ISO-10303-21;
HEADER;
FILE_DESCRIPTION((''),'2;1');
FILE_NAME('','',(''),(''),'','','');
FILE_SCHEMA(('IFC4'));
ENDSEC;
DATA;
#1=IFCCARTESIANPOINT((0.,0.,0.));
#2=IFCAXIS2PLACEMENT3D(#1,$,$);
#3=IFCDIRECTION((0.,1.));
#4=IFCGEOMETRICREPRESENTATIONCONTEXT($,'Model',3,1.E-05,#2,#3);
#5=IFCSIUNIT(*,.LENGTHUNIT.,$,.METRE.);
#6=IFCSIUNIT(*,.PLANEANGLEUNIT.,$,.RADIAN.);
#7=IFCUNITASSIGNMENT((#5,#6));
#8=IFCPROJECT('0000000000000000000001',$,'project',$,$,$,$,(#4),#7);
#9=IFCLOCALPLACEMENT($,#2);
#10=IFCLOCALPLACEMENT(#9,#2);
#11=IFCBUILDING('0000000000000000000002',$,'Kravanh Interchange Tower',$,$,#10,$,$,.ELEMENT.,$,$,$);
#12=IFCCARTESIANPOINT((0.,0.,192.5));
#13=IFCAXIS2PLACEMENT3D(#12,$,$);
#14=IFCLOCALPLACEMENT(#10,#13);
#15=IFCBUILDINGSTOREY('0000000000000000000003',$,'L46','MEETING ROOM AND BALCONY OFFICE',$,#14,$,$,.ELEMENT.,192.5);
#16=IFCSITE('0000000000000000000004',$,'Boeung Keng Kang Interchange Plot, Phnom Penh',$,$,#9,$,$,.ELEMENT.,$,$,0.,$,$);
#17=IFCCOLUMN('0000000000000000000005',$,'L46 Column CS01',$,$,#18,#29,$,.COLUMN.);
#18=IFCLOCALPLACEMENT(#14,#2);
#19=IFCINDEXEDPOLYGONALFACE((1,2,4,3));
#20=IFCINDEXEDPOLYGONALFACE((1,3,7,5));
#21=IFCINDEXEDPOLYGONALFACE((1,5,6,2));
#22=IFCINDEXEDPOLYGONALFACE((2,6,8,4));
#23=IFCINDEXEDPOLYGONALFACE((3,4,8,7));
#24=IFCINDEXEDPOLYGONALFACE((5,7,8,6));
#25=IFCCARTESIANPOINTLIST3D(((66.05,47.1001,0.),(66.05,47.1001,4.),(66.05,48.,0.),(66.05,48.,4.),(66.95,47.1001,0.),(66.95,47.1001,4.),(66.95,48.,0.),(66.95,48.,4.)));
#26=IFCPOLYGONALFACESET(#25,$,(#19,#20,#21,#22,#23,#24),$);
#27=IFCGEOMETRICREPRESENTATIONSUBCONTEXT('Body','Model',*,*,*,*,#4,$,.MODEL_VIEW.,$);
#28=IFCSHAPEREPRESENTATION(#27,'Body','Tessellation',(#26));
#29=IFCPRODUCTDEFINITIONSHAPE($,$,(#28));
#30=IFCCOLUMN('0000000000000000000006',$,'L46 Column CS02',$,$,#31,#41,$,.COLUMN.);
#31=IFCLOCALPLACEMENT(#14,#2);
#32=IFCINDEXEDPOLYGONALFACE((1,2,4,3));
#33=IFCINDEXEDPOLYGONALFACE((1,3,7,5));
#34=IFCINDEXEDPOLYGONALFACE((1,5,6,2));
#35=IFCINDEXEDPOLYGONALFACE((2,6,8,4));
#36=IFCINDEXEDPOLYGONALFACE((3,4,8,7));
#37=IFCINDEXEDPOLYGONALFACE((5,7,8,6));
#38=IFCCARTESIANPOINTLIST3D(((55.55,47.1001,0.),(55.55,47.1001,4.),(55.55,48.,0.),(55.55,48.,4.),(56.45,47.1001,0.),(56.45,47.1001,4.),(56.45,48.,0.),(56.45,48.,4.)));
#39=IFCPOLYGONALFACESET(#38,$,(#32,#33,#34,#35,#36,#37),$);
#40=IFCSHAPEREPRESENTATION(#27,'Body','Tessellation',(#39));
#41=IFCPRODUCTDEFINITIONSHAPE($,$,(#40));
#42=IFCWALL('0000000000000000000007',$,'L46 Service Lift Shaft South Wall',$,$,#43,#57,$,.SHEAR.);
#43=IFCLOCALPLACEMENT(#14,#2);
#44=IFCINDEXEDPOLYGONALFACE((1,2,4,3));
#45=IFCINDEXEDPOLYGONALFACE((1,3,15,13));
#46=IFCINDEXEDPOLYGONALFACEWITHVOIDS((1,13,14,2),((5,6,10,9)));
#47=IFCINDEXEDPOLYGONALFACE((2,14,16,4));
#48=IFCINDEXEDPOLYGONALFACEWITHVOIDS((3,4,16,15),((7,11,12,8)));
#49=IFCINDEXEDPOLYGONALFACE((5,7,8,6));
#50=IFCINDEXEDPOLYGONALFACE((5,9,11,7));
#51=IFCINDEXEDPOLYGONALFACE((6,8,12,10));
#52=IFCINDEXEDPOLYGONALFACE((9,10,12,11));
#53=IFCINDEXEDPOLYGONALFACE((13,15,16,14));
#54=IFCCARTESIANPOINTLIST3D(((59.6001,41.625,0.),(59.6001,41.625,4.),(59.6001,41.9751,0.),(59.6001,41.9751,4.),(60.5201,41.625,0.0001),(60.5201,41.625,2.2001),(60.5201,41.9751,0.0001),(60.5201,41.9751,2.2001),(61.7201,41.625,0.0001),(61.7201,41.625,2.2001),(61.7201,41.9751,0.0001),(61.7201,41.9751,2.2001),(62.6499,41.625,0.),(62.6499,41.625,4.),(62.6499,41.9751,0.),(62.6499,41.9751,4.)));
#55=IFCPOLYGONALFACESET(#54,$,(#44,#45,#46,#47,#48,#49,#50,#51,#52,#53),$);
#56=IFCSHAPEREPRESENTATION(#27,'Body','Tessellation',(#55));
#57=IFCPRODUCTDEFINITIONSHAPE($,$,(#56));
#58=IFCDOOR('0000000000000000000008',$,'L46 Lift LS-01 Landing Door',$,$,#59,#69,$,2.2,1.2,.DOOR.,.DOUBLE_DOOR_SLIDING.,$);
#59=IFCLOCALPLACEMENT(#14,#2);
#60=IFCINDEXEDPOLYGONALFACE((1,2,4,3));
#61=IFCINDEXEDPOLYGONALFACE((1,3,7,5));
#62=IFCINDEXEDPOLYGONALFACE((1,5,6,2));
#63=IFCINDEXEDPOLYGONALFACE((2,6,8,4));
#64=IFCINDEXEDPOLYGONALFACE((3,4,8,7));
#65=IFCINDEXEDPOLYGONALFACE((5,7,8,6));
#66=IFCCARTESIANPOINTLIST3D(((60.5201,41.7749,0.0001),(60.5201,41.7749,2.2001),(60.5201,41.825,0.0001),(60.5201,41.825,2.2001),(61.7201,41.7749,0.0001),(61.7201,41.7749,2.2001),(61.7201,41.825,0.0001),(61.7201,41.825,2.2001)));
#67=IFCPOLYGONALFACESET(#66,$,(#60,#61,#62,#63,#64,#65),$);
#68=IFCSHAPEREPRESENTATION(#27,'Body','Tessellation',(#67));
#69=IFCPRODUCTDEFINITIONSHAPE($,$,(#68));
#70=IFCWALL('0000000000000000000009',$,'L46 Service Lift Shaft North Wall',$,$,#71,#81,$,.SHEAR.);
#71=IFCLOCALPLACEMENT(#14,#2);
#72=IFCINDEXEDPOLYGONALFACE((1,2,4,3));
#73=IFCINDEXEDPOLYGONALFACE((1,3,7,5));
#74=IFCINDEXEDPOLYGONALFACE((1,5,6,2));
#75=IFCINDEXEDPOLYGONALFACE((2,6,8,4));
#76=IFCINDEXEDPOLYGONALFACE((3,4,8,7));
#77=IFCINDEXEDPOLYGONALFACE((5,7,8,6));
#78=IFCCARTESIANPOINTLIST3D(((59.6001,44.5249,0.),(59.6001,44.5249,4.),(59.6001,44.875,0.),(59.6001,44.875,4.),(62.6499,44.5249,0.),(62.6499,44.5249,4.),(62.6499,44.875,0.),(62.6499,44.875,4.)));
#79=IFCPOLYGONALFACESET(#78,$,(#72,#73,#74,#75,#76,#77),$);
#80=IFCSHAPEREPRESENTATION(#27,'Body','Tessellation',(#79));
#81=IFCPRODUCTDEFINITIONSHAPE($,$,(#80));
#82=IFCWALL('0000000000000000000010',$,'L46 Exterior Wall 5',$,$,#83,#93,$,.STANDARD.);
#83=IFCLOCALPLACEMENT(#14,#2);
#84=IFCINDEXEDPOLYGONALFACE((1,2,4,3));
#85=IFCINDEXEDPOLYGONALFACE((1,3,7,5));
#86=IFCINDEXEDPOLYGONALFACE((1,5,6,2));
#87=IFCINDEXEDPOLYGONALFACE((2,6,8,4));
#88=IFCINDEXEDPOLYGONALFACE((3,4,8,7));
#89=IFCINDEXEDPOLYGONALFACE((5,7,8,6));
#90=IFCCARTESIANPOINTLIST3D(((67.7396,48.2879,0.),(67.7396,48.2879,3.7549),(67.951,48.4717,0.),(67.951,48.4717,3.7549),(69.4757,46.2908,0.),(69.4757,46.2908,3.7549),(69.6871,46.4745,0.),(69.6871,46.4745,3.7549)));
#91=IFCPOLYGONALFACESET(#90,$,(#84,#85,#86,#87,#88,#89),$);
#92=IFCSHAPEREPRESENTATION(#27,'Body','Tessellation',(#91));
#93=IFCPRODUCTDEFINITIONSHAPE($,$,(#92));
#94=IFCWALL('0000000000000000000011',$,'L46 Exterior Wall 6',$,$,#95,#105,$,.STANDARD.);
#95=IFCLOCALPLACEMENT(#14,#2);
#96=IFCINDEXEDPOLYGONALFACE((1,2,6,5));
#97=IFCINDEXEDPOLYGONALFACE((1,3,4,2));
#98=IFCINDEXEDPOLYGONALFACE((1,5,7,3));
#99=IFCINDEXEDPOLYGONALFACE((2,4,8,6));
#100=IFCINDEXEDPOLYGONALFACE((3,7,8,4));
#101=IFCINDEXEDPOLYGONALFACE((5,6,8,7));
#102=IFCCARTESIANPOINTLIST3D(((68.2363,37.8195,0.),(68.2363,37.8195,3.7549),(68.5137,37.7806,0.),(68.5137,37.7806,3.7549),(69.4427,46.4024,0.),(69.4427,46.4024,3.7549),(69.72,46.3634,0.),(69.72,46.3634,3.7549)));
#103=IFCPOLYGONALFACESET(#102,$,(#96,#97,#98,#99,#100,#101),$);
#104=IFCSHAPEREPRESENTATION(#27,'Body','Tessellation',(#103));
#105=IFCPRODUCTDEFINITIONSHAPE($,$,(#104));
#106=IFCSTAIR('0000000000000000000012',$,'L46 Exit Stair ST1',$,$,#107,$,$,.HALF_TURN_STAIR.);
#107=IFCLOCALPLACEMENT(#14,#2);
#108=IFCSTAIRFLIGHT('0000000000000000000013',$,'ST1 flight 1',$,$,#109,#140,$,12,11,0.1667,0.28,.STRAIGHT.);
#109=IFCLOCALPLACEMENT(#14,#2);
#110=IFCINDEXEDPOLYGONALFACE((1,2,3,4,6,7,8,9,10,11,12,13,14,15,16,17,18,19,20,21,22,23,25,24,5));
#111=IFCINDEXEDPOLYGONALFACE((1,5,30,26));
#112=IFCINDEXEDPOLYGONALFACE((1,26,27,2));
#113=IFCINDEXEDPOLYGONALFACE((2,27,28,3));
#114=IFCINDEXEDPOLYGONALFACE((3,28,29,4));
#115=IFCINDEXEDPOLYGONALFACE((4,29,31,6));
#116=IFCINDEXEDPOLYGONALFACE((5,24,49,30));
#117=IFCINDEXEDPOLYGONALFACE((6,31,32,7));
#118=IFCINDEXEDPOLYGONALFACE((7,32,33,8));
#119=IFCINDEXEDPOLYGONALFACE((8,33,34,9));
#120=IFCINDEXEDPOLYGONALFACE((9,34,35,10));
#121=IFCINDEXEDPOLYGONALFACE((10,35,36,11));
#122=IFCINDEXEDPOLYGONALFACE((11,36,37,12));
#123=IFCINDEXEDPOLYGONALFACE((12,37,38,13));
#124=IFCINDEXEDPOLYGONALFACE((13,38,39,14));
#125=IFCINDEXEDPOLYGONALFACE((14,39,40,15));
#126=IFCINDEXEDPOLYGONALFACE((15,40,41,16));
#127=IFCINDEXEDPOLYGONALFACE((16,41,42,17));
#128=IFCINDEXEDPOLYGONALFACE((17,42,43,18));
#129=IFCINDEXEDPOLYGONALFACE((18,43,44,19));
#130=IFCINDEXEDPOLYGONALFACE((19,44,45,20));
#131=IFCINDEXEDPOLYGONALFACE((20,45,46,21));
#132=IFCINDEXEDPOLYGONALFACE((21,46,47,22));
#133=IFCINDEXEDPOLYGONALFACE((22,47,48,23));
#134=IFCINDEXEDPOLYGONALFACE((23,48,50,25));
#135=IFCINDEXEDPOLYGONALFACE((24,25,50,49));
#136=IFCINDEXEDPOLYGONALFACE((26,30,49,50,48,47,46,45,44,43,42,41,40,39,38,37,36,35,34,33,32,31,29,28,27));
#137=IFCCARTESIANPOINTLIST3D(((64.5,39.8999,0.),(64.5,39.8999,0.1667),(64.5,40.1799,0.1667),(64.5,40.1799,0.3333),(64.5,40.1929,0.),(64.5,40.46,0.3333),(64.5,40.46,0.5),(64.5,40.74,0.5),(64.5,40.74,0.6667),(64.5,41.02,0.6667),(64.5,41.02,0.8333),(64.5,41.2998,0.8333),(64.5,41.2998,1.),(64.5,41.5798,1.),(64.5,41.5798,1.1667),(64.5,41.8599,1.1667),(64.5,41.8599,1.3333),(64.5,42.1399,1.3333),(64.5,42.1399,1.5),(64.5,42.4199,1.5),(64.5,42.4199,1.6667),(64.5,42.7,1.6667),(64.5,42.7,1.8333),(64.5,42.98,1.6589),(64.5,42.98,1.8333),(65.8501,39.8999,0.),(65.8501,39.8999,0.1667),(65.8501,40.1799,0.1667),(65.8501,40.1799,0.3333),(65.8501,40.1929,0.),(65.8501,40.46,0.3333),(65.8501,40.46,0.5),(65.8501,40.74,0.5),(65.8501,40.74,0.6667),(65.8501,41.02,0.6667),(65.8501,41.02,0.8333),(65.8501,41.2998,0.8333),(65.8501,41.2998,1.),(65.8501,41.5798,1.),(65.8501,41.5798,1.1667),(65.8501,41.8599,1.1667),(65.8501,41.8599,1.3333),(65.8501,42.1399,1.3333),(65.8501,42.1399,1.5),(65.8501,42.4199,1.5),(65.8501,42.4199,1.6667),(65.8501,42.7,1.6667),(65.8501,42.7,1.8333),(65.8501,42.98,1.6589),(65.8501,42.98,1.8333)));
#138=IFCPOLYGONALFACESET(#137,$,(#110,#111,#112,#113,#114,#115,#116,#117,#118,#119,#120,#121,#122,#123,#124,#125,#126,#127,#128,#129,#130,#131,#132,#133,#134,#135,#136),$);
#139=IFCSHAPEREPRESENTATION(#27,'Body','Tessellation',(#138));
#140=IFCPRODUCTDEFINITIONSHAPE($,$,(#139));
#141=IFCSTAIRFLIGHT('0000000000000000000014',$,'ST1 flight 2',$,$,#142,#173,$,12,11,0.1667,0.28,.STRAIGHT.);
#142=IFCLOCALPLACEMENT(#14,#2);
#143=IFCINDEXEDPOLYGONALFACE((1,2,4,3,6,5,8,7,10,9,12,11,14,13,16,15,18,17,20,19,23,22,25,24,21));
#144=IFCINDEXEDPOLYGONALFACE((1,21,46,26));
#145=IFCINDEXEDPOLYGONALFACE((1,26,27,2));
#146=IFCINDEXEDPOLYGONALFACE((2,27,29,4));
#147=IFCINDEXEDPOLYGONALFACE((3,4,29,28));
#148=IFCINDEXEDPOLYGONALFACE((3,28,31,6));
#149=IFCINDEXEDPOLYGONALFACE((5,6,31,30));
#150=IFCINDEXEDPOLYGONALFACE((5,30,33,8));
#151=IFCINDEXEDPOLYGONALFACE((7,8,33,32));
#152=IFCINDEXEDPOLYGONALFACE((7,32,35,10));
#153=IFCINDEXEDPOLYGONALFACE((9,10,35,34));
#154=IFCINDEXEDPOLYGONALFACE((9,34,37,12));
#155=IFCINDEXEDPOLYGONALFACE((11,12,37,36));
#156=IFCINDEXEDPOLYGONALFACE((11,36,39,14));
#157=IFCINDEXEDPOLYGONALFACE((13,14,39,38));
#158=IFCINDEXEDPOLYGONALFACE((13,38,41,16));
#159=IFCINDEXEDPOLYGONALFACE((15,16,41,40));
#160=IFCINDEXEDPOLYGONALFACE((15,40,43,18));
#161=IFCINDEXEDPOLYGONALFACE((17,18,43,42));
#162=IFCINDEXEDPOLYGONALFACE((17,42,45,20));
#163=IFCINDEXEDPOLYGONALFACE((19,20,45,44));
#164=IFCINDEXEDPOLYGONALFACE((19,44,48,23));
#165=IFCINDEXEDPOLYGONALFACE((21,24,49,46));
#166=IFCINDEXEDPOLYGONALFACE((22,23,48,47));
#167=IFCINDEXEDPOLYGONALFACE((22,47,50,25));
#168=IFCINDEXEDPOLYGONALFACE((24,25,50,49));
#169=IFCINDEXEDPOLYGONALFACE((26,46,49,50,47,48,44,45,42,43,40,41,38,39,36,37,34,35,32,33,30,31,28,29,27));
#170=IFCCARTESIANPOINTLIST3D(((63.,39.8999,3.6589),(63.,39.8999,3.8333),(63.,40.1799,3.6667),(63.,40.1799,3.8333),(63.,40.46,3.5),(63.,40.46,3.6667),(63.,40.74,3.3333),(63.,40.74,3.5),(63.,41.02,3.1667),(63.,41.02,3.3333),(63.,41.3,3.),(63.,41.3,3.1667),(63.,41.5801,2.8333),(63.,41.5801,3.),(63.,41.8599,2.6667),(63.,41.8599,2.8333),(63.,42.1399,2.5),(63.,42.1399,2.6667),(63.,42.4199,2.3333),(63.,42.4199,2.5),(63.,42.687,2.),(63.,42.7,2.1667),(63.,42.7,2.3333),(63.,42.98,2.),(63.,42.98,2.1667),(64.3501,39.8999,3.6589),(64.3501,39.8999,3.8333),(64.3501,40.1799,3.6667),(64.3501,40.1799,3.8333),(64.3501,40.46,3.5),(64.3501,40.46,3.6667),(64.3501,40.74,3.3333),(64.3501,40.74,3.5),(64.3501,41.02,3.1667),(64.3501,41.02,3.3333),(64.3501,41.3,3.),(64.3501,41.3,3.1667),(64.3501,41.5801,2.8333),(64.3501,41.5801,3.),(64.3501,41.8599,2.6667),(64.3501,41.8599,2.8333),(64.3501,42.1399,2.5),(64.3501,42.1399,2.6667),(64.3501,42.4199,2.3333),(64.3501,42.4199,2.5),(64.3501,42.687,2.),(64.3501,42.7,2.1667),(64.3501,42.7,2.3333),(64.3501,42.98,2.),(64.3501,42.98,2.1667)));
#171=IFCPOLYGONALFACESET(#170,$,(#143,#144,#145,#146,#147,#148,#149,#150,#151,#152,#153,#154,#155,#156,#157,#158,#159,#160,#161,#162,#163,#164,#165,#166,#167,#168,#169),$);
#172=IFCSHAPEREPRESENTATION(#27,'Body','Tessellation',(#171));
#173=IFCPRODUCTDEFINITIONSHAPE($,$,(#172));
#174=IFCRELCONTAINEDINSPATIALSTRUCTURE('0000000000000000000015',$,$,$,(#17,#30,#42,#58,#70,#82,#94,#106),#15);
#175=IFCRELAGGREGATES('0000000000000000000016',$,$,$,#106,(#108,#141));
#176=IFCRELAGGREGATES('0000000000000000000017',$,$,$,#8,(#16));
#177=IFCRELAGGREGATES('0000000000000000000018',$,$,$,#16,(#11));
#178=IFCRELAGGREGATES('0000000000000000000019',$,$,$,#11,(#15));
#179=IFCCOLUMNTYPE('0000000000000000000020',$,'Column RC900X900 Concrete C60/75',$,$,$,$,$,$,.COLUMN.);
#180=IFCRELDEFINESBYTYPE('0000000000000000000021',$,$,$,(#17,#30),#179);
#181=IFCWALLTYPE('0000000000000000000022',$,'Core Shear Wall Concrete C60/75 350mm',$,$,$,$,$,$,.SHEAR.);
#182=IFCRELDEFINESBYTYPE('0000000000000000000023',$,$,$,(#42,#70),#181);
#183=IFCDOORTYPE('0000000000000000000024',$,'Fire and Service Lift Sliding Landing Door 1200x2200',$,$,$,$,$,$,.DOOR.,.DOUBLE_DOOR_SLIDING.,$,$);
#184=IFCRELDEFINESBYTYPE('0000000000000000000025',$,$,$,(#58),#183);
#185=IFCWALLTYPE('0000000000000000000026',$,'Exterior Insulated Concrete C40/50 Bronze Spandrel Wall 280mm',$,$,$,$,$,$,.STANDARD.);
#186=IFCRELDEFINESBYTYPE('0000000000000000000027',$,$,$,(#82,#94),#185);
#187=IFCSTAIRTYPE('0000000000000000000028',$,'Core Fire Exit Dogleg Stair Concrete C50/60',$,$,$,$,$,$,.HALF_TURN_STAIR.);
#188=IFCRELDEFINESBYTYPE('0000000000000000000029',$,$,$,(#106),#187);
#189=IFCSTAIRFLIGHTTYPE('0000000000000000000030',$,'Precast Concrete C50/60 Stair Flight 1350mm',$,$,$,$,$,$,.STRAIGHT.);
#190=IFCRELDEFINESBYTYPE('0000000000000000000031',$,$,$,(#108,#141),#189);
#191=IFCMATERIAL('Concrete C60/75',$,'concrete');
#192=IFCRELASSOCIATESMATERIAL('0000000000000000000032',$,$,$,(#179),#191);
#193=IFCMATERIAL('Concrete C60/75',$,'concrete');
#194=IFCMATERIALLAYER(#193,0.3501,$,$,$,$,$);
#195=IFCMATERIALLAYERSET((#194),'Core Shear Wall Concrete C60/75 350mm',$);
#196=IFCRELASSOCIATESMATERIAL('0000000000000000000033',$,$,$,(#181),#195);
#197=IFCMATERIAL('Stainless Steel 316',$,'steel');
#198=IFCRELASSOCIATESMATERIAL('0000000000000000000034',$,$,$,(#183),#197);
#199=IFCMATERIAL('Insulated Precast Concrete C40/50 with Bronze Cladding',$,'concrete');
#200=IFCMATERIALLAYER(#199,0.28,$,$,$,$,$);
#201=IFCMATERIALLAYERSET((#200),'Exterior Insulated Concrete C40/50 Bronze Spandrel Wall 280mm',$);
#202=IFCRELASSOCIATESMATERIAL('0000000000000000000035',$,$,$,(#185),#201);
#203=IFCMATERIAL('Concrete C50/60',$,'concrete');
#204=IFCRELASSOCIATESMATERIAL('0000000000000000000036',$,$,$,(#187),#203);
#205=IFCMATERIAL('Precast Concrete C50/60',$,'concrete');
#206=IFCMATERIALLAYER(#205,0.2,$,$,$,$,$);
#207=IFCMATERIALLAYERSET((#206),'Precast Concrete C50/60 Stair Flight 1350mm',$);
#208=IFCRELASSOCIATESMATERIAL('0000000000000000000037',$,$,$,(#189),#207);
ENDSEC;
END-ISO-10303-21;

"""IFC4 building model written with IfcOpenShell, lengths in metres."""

from ifc_helpers import new_model, si_unit, direction, frame, frame_2d, origin, origin_2d, place, context, subcontext, project, spatial, polyline, rectangle, outline, extrude, material, layer, layer_set, material_profile, profile_set, type_object, element, fill, aggregate, save


model = new_model("IFC4")

# Units and contexts
model_context = context("Model", 3, precision=1e-05, world=origin(), true_north=direction((0.0, 1.0)))
body_context = subcontext(model_context, "Body", "Model", "MODEL_VIEW")
ifc_project = project(units=[si_unit("LENGTHUNIT", "METRE"), si_unit("PLANEANGLEUNIT", "RADIAN")], contexts=[model_context])

# Site, building, storey
site_placement = place(None, origin())
site = spatial("IfcSite", under=ifc_project, at=site_placement, Name="Boeung Keng Kang Interchange Plot, Phnom Penh", CompositionType="ELEMENT", RefElevation=0.0)
building_placement = place(site_placement, origin())
building = spatial("IfcBuilding", under=site, at=building_placement, Name="Kravanh Interchange Tower", CompositionType="ELEMENT")
storey_placement = place(building_placement, frame((0.0, 0.0, 192.5)))
storey = spatial("IfcBuildingStorey", under=building, at=storey_placement, Name="L46", Description="MEETING ROOM AND BALCONY OFFICE", CompositionType="ELEMENT", Elevation=192.5)

# Columns
ifc_material_1 = material(Name="Concrete C60/75", Category="concrete")
ifc_material_profile = material_profile(ifc_material_1, rectangle(XDim=0.8999, YDim=0.8999, at=origin_2d()), Name="RC900X900")
ifc_profile_set = profile_set([ifc_material_profile], Name="Concrete C60/75")
column_type = type_object("IfcColumnType", Name="Column RC900X900 Concrete C60/75", PredefinedType="COLUMN", material=ifc_profile_set)
for number, where, z_axis, x_axis, name in (
    (1, (66.5, 47.55, 0.0), (0.0, 0.0, 1.0), (1.0, 0.0, 0.0), "L46 Column CS01"),
    (2, (56.0, 47.55, 0.0), (0.0, 0.0, 1.0), (1.0, 0.0, 0.0), "L46 Column CS02"),
):
    element("IfcColumn", number, at=place(storey_placement, frame(where, z_axis=z_axis, x_axis=x_axis)), inside=storey, type_object=column_type, Name=name, PredefinedType="COLUMN", context=body_context, shape_type="SweptSolid", body=[
        extrude(rectangle(XDim=0.8999, YDim=0.8999, at=origin_2d()), origin(), (0.0, 0.0, 1.0), 4.0),
    ])

# Wall, opening, door
ifc_material_2 = material(Name="Concrete C60/75", Category="concrete")
ifc_layer_1 = layer(ifc_material_2, 0.3501)
ifc_layer_set_1 = layer_set([ifc_layer_1], Name="Core Shear Wall Concrete C60/75 350mm")
wall_type_1 = type_object("IfcWallType", Name="Core Shear Wall Concrete C60/75 350mm", PredefinedType="SHEAR", material=ifc_layer_set_1)
wall_1_placement = place(storey_placement, frame((59.6001, 41.8, 0.0), z_axis=(0.0, 0.0, 1.0), x_axis=(1.0, 0.0, 0.0)))
wall_1 = element("IfcWall", 3, at=wall_1_placement, inside=storey, type_object=wall_type_1, Name="L46 Service Lift Shaft South Wall", PredefinedType="SHEAR", context=body_context, shape_type="SweptSolid", body=[
    extrude(rectangle(XDim=3.0498, YDim=0.3501, at=frame_2d((1.5249, 0.0))), origin(), (0.0, 0.0, 1.0), 4.0),
])
opening_placement = place(wall_1_placement, frame((0.9199, 0.0, 0.0)))
opening = element("IfcOpeningElement", 4, at=opening_placement, cuts=wall_1, PredefinedType="OPENING", context=body_context, shape_type="SweptSolid", body=[
    extrude(rectangle(XDim=1.2, YDim=2.2, at=frame_2d((0.6001, 1.1001))), frame((0.0, 0.1851, 0.0), z_axis=(0.0, -1.0, 0.0), x_axis=(1.0, 0.0, 0.0)), (0.0, 0.0, 1.0), 0.3701),
])
ifc_material_3 = material(Name="Stainless Steel 316", Category="steel")
door_type = type_object("IfcDoorType", Name="Fire and Service Lift Sliding Landing Door 1200x2200", OperationType="DOUBLE_DOOR_SLIDING", PredefinedType="DOOR", material=ifc_material_3)
door_placement = place(opening_placement, origin())
door = element("IfcDoor", 5, at=door_placement, inside=storey, type_object=door_type, Name="L46 Lift LS-01 Landing Door", OperationType="DOUBLE_DOOR_SLIDING", OverallHeight=2.2, OverallWidth=1.2, PredefinedType="DOOR", context=body_context, shape_type="SweptSolid", body=[
    extrude(rectangle(XDim=1.2, YDim=2.2, at=frame_2d((0.6001, 1.1001))), frame((0.0, 0.0249, 0.0), z_axis=(0.0, -1.0, 0.0), x_axis=(1.0, 0.0, 0.0)), (0.0, 0.0, 1.0), 0.05),
])
fill(opening, door)

# Walls
wall_2_placement = place(storey_placement, frame((59.6001, 44.7, 0.0), z_axis=(0.0, 0.0, 1.0), x_axis=(1.0, 0.0, 0.0)))
element("IfcWall", 6, at=wall_2_placement, inside=storey, type_object=wall_type_1, Name="L46 Service Lift Shaft North Wall", PredefinedType="SHEAR", context=body_context, shape_type="SweptSolid", body=[
    extrude(rectangle(XDim=3.0498, YDim=0.3501, at=frame_2d((1.5249, 0.0))), origin(), (0.0, 0.0, 1.0), 4.0),
])
ifc_material_4 = material(Name="Insulated Precast Concrete C40/50 with Bronze Cladding", Category="concrete")
ifc_layer_2 = layer(ifc_material_4, 0.28)
ifc_layer_set_2 = layer_set([ifc_layer_2], Name="Exterior Insulated Concrete C40/50 Bronze Spandrel Wall 280mm")
wall_type_2 = type_object("IfcWallType", Name="Exterior Insulated Concrete C40/50 Bronze Spandrel Wall 280mm", PredefinedType="STANDARD", material=ifc_layer_set_2)
wall_3_placement = place(storey_placement, frame((67.8452, 48.3799, 0.0), z_axis=(0.0, 0.0, 1.0), x_axis=(0.656071, -0.754699, 0.0)))
element("IfcWall", 7, at=wall_3_placement, inside=storey, type_object=wall_type_2, Name="L46 Exterior Wall 5", PredefinedType="STANDARD", context=body_context, shape_type="SweptSolid", body=[
    extrude(rectangle(XDim=2.6462, YDim=0.28, at=frame_2d((1.3232, 0.0))), origin(), (0.0, 0.0, 1.0), 3.7549),
])
wall_4_placement = place(storey_placement, frame((69.5813, 46.3828, 0.0), z_axis=(0.0, 0.0, 1.0), x_axis=(-0.139181, -0.990267, 0.0)))
element("IfcWall", 8, at=wall_4_placement, inside=storey, type_object=wall_type_2, Name="L46 Exterior Wall 6", PredefinedType="STANDARD", context=body_context, shape_type="SweptSolid", body=[
    extrude(rectangle(XDim=8.6672, YDim=0.28, at=frame_2d((4.3335, 0.0))), origin(), (0.0, 0.0, 1.0), 3.7549),
])

# Stair, stair flights
ifc_material_5 = material(Name="Concrete C50/60", Category="concrete")
stair_type = type_object("IfcStairType", Name="Core Fire Exit Dogleg Stair Concrete C50/60", PredefinedType="HALF_TURN_STAIR", material=ifc_material_5)
stair_1_placement = place(storey_placement, origin())
stair_1 = element("IfcStair", 9, at=stair_1_placement, inside=storey, type_object=stair_type, Name="L46 Exit Stair ST1", PredefinedType="HALF_TURN_STAIR")
ifc_material_6 = material(Name="Precast Concrete C50/60", Category="concrete")
ifc_layer_3 = layer(ifc_material_6, 0.2)
ifc_layer_set_3 = layer_set([ifc_layer_3], Name="Precast Concrete C50/60 Stair Flight 1350mm")
stair_flight_type = type_object("IfcStairFlightType", Name="Precast Concrete C50/60 Stair Flight 1350mm", PredefinedType="STRAIGHT", material=ifc_layer_set_3)
stair_flight_1_placement = place(storey_placement, frame((65.175, 39.8999, 0.0), z_axis=(0.0, 0.0, 1.0), x_axis=(0.0, 1.0, 0.0)))
stair_flight_1 = element("IfcStairFlight", 10, at=stair_flight_1_placement, type_object=stair_flight_type, Name="ST1 flight 1", NumberOfRisers=12, NumberOfTreads=11, PredefinedType="STRAIGHT", RiserHeight=0.1667, TreadLength=0.28, context=body_context, shape_type="SweptSolid", body=[
    extrude(outline(polyline([(0.0, 0.0), (0.0, 0.1667), (0.28, 0.1667), (0.28, 0.3333), (0.5601, 0.3333), (0.5601, 0.5), (0.8401, 0.5), (0.8401, 0.6667), (1.1201, 0.6667), (1.1201, 0.8333), (1.3999, 0.8333), (1.3999, 1.0), (1.6799, 1.0), (1.6799, 1.1667), (1.96, 1.1667), (1.96, 1.3333), (2.24, 1.3333), (2.24, 1.5), (2.52, 1.5), (2.52, 1.6667), (2.8, 1.6667), (2.8, 1.8333), (3.0801, 1.8333), (3.0801, 2.0), (3.0801, 1.6589), (0.293, 0.0), (0.0, 0.0)])), frame((0.0, 0.675, 0.0), z_axis=(0.0, -1.0, 0.0), x_axis=(1.0, 0.0, 0.0)), (0.0, 0.0, 1.0), 1.3501),
])
stair_flight_2_placement = place(storey_placement, frame((63.675, 42.98, 2.0), z_axis=(0.0, 0.0, 1.0), x_axis=(0.0, -1.0, 0.0)))
stair_flight_2 = element("IfcStairFlight", 11, at=stair_flight_2_placement, type_object=stair_flight_type, Name="ST1 flight 2", NumberOfRisers=12, NumberOfTreads=11, PredefinedType="STRAIGHT", RiserHeight=0.1667, TreadLength=0.28, context=body_context, shape_type="SweptSolid", body=[
    extrude(outline(polyline([(0.0, 0.0), (0.0, 0.1667), (0.28, 0.1667), (0.28, 0.3333), (0.5601, 0.3333), (0.5601, 0.5), (0.8401, 0.5), (0.8401, 0.6667), (1.1201, 0.6667), (1.1201, 0.8333), (1.3999, 0.8333), (1.3999, 1.0), (1.6799, 1.0), (1.6799, 1.1667), (1.96, 1.1667), (1.96, 1.3333), (2.24, 1.3333), (2.24, 1.5), (2.52, 1.5), (2.52, 1.6667), (2.8, 1.6667), (2.8, 1.8333), (3.0801, 1.8333), (3.0801, 2.0), (3.0801, 1.6589), (0.293, 0.0), (0.0, 0.0)])), frame((0.0, 0.675, 0.0), z_axis=(0.0, -1.0, 0.0), x_axis=(1.0, 0.0, 0.0)), (0.0, 0.0, 1.0), 1.3501),
])
aggregate(stair_1, [stair_flight_1, stair_flight_2])

save(model, "model.ifc")
